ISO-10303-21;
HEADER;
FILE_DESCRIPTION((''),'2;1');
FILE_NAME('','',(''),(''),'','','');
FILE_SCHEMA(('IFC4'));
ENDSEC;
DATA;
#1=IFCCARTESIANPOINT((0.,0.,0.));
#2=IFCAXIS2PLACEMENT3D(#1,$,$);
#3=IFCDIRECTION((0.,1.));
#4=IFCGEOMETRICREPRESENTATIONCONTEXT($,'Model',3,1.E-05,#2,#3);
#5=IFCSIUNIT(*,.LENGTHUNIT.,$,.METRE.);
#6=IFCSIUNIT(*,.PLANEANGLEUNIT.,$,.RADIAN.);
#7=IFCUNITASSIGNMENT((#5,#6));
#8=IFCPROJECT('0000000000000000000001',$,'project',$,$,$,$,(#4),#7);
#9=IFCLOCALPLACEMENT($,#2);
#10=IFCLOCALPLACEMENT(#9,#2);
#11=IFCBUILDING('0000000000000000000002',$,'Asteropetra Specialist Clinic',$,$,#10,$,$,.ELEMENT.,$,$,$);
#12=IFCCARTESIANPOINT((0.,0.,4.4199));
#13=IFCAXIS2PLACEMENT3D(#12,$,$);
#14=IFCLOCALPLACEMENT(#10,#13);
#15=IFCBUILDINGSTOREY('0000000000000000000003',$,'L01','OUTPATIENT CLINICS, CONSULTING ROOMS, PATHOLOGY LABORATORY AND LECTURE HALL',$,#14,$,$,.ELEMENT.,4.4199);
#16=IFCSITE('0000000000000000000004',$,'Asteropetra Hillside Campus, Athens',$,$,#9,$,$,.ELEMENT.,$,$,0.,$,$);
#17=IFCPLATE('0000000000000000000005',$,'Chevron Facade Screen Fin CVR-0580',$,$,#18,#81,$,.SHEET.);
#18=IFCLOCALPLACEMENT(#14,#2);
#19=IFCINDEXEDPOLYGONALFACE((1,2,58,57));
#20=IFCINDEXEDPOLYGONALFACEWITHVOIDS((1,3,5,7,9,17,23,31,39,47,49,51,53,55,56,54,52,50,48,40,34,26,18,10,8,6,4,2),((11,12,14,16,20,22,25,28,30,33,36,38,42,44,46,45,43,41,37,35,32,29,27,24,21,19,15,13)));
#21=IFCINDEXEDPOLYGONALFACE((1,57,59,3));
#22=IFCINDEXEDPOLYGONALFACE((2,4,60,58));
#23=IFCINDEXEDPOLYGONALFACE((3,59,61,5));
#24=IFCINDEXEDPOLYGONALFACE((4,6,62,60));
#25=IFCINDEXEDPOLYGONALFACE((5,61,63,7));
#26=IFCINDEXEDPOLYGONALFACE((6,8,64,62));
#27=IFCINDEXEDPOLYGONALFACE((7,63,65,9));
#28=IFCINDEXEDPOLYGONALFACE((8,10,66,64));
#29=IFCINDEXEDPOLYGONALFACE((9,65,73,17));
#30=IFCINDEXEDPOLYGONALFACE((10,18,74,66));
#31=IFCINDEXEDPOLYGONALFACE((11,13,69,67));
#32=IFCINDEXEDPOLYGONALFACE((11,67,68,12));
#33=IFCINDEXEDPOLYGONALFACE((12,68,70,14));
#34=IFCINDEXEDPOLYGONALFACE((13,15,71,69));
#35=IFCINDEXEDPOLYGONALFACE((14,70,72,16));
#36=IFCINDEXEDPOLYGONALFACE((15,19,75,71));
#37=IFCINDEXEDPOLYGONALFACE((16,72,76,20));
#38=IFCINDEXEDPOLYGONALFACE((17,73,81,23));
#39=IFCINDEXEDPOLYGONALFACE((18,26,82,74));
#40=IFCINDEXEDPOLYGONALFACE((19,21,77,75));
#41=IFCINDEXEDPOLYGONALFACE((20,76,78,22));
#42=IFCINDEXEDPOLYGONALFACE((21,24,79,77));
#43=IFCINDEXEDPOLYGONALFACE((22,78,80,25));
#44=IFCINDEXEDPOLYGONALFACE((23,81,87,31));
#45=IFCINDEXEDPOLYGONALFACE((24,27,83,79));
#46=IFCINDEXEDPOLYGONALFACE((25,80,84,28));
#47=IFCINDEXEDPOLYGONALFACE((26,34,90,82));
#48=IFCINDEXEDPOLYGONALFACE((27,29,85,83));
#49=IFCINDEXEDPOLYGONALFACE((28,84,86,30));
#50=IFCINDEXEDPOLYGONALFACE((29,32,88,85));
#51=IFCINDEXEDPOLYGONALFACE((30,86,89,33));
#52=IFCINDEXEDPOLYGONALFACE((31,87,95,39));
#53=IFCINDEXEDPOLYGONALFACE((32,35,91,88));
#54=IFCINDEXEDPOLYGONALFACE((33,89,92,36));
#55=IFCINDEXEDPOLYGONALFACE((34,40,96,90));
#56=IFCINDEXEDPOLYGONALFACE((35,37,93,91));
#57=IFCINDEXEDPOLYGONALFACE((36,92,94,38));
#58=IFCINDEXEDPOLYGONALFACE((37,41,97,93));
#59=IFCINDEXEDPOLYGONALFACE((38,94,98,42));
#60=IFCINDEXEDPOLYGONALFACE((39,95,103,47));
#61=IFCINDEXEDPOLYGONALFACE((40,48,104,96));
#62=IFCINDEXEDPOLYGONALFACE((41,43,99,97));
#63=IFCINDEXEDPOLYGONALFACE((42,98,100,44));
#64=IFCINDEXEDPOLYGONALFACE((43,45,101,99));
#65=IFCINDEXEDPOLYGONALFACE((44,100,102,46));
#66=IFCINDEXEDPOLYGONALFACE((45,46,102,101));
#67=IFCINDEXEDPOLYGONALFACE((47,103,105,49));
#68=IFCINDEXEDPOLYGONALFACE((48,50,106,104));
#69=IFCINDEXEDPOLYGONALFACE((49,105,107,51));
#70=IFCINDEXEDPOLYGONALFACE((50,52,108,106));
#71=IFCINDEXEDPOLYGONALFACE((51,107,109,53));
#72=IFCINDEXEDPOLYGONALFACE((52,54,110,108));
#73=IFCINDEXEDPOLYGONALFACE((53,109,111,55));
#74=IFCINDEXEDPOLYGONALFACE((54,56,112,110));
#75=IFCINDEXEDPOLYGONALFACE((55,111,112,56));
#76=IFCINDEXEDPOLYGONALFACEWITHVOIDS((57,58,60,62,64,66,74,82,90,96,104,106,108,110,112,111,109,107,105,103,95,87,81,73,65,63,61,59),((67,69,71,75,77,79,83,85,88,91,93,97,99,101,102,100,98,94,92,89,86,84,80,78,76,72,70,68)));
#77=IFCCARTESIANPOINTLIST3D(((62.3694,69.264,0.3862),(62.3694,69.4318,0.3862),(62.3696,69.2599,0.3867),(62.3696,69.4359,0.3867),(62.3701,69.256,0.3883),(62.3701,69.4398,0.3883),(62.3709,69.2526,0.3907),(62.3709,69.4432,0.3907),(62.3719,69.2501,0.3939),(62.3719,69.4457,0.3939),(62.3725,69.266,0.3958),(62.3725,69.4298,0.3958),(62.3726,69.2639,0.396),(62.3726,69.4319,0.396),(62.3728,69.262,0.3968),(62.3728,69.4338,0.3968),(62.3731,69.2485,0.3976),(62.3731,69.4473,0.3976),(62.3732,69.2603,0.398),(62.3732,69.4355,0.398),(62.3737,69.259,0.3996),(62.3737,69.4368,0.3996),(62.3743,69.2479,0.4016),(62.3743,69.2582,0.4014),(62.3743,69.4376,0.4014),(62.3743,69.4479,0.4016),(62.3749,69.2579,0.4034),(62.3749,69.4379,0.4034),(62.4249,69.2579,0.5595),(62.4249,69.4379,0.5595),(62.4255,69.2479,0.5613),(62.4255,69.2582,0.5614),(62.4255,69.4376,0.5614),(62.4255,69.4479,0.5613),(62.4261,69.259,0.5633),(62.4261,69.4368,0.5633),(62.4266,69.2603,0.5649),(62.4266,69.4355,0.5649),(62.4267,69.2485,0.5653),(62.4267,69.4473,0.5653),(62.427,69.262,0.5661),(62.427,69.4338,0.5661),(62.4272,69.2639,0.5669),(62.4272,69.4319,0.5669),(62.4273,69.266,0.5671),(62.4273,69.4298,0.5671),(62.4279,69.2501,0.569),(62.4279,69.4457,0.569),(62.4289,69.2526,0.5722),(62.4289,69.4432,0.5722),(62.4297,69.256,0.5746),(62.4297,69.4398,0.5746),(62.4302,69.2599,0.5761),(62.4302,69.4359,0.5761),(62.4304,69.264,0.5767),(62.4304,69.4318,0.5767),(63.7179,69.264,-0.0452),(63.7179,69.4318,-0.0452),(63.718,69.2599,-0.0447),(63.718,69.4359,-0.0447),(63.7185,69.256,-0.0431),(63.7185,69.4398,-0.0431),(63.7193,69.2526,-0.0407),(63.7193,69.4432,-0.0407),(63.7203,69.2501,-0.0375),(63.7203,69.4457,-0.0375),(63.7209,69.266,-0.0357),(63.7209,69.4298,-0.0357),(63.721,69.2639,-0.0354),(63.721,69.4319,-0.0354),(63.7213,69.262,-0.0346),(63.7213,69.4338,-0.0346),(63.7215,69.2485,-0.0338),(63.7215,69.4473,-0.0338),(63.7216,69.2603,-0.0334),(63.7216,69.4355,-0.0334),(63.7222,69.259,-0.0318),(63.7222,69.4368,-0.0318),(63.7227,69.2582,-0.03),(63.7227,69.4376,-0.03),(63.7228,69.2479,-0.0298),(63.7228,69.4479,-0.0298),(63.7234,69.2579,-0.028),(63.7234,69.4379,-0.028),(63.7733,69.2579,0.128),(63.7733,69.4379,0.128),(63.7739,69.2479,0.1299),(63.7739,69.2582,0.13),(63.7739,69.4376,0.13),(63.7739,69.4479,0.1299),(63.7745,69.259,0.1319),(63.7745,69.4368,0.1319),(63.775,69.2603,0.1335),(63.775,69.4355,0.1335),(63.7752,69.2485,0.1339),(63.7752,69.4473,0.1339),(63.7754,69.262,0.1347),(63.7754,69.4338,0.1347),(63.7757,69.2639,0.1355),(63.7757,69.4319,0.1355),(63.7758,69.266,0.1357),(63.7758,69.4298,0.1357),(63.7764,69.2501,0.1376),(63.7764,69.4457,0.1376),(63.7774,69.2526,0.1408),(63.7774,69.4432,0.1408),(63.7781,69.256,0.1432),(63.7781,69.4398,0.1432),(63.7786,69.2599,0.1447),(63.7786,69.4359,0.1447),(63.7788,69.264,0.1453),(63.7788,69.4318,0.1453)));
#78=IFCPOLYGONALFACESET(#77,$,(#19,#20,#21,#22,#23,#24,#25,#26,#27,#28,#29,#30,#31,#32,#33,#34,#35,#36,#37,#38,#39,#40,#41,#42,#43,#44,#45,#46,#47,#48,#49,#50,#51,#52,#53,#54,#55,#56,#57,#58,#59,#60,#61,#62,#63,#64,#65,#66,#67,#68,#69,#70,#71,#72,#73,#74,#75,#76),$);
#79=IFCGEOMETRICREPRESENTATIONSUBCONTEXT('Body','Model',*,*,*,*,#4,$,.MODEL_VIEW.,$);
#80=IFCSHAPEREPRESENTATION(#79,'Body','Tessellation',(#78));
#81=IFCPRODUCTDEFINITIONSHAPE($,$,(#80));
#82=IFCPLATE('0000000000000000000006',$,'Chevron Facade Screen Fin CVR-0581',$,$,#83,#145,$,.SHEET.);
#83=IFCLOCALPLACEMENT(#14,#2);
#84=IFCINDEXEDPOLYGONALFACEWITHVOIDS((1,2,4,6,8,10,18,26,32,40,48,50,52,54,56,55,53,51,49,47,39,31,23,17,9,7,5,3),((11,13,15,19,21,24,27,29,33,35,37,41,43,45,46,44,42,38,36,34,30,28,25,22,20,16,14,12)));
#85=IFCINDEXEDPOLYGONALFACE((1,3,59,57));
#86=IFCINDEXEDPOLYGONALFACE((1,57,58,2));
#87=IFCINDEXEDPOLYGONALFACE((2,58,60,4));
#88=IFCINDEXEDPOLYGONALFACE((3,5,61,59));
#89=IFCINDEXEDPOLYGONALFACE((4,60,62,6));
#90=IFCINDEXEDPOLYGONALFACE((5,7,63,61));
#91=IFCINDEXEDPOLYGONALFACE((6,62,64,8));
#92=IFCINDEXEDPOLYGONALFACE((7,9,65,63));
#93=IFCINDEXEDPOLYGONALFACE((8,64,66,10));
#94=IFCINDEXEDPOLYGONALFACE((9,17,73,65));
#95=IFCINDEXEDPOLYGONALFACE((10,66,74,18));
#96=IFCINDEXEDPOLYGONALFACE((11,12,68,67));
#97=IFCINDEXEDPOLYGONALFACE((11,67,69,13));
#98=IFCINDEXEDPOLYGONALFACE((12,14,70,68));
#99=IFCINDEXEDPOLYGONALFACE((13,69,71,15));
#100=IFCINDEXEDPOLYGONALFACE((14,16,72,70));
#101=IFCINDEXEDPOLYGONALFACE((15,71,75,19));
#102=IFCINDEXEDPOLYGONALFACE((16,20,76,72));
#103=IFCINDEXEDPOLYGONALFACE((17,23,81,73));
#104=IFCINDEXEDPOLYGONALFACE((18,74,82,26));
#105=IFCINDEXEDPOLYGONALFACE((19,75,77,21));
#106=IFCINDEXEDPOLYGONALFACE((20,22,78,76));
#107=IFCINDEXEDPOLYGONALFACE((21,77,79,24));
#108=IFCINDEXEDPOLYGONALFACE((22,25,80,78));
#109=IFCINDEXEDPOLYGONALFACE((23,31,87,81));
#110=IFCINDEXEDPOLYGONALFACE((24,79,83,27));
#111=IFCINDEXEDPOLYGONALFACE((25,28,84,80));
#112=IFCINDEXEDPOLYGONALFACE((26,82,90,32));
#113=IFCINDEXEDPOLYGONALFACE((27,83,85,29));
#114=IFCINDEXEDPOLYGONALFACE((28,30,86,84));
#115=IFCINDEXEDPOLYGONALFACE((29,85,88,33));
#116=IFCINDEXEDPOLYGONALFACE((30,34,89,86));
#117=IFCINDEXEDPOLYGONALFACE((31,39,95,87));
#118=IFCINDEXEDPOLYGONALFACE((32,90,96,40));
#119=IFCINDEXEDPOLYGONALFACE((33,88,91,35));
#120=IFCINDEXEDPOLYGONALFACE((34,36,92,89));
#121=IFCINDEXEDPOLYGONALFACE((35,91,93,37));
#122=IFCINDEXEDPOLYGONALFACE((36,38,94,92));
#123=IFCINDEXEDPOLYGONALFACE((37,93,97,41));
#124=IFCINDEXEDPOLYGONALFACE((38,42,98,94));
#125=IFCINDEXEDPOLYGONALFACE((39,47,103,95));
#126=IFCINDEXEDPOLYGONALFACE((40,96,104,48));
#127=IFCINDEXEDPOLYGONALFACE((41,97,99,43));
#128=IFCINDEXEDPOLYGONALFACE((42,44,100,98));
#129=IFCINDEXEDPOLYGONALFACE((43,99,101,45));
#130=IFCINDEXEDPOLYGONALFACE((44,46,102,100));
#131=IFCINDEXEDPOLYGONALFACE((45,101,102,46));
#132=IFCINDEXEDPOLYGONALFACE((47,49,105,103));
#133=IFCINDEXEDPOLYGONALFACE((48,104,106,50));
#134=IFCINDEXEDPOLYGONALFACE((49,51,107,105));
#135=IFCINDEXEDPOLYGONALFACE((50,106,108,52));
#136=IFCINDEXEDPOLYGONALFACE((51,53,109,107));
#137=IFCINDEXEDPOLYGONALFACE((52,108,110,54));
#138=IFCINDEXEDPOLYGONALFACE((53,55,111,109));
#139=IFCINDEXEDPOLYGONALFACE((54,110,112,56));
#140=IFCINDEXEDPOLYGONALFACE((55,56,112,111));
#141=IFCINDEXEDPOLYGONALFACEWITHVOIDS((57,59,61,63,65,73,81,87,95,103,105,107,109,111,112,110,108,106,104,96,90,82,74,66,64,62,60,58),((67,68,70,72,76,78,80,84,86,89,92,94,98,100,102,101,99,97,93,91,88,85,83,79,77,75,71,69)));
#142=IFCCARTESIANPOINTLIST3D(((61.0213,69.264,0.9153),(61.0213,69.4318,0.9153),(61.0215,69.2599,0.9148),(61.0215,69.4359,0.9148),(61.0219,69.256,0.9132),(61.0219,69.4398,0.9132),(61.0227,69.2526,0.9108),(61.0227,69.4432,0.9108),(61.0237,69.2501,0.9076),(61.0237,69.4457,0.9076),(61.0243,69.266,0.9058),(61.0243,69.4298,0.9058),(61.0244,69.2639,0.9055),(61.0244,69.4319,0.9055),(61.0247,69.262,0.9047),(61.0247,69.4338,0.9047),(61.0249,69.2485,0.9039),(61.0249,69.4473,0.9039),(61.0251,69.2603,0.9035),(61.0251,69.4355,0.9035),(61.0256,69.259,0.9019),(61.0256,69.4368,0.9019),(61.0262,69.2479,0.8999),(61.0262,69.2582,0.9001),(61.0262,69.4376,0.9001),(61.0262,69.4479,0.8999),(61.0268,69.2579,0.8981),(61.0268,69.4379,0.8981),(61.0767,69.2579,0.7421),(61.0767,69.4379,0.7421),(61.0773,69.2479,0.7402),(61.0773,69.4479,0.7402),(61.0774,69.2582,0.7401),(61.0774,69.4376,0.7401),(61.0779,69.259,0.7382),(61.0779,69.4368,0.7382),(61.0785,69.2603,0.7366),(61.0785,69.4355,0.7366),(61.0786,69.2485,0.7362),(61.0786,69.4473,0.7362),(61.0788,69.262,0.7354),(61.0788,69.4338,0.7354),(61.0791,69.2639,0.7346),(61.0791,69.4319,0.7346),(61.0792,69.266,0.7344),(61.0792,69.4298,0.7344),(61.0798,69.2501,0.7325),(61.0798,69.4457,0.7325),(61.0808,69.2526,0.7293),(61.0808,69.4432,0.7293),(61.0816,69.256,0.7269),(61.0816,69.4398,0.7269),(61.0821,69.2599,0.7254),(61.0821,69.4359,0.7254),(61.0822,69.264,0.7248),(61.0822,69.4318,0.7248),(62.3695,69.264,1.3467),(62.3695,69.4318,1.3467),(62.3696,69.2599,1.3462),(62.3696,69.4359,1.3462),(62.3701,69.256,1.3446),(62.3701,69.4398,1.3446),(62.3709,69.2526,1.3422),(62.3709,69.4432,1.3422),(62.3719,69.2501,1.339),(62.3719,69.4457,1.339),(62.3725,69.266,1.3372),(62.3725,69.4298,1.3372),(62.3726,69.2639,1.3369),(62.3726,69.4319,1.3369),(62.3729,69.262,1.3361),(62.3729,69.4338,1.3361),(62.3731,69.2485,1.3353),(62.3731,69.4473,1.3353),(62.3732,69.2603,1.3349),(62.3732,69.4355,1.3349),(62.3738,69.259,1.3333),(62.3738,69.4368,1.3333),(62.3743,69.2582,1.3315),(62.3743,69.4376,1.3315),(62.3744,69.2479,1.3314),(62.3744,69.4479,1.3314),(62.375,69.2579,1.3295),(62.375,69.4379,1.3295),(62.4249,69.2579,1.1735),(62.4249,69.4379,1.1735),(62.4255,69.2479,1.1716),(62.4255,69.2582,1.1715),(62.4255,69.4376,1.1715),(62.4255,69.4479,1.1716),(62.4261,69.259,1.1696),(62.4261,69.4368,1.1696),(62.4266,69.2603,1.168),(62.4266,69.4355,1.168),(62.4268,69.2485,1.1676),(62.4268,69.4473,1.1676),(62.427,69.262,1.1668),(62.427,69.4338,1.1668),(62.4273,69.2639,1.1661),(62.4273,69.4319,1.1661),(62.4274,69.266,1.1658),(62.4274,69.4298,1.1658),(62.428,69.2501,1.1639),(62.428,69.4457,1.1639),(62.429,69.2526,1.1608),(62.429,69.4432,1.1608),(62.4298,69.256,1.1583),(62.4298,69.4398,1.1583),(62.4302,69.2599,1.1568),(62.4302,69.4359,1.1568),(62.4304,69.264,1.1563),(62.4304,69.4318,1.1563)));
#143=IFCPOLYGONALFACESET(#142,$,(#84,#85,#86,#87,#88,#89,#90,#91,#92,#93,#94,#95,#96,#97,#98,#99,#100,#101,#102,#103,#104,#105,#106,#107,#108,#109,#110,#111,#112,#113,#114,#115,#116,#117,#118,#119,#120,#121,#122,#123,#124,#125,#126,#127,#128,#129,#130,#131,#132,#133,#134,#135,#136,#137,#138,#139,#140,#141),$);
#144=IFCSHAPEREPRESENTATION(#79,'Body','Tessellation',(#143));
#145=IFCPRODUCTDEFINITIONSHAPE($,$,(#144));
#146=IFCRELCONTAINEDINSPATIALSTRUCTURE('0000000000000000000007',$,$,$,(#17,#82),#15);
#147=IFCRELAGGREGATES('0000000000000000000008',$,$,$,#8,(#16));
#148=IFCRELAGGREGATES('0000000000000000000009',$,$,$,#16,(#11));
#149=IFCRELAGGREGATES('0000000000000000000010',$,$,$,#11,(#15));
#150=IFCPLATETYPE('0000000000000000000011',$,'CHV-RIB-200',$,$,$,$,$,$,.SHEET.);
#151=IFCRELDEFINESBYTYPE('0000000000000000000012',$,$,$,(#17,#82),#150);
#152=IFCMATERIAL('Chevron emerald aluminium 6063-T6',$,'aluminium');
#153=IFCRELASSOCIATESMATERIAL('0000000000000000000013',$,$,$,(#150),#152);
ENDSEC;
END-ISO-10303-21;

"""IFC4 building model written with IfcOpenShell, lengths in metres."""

from ifc_helpers import new_model, si_unit, direction, frame, origin, origin_2d, place, context, subcontext, project, spatial, hollow_rectangle, extrude, material, material_profile, profile_set, type_object, element, save


model = new_model("IFC4")

# Units and contexts
model_context = context("Model", 3, precision=1e-05, world=origin(), true_north=direction((0.0, 1.0)))
body_context = subcontext(model_context, "Body", "Model", "MODEL_VIEW")
ifc_project = project(units=[si_unit("LENGTHUNIT", "METRE"), si_unit("PLANEANGLEUNIT", "RADIAN")], contexts=[model_context])

# Site, building, storey
site_placement = place(None, origin())
site = spatial("IfcSite", under=ifc_project, at=site_placement, Name="Asteropetra Hillside Campus, Athens", CompositionType="ELEMENT", RefElevation=0.0)
building_placement = place(site_placement, origin())
building = spatial("IfcBuilding", under=site, at=building_placement, Name="Asteropetra Specialist Clinic", CompositionType="ELEMENT")
storey_placement = place(building_placement, frame((0.0, 0.0, 4.4199)))
storey = spatial("IfcBuildingStorey", under=building, at=storey_placement, Name="L01", Description="OUTPATIENT CLINICS, CONSULTING ROOMS, PATHOLOGY LABORATORY AND LECTURE HALL", CompositionType="ELEMENT", Elevation=4.4199)

# Plates
ifc_material_1 = material(Name="Chevron emerald aluminium 6063-T6", Category="aluminium")
ifc_material_profile = material_profile(ifc_material_1, hollow_rectangle(XDim=0.2, YDim=0.2, WallThickness=0.01, InnerFilletRadius=0.0081, OuterFilletRadius=0.0161, at=origin_2d()), Name="SHS 200x200x10.0")
ifc_profile_set = profile_set([ifc_material_profile], Name="Chevron emerald aluminium 6063-T6")
plate_type_1 = type_object("IfcPlateType", Name="CHV-RIB-200", PredefinedType="SHEET", material=ifc_profile_set)
plate_1_placement = place(storey_placement, frame((62.3999, 69.3479, 0.4814), z_axis=(0.952442, 0.0, -0.304719), x_axis=(0.0, 1.0, 0.0)))
element("IfcPlate", 1, at=plate_1_placement, inside=storey, type_object=plate_type_1, Name="Chevron Facade Screen Fin CVR-0580", PredefinedType="SHEET", context=body_context, shape_type="SweptSolid", body=[
    extrude(hollow_rectangle(XDim=0.2, YDim=0.2, WallThickness=0.01, InnerFilletRadius=0.0081, OuterFilletRadius=0.0161, at=origin_2d()), origin(), (0.0, 0.0, 1.0), 1.4158),
])
plate_2_placement = place(storey_placement, frame((61.0518, 69.3479, 0.8201), z_axis=(0.952426, 0.0, 0.304769), x_axis=(0.0, 1.0, 0.0)))
element("IfcPlate", 2, at=plate_2_placement, inside=storey, type_object=plate_type_1, Name="Chevron Facade Screen Fin CVR-0581", PredefinedType="SHEET", context=body_context, shape_type="SweptSolid", body=[
    extrude(hollow_rectangle(XDim=0.2, YDim=0.2, WallThickness=0.01, InnerFilletRadius=0.0081, OuterFilletRadius=0.0161, at=origin_2d()), origin(), (0.0, 0.0, 1.0), 1.4155),
])

save(model, "model.ifc")
